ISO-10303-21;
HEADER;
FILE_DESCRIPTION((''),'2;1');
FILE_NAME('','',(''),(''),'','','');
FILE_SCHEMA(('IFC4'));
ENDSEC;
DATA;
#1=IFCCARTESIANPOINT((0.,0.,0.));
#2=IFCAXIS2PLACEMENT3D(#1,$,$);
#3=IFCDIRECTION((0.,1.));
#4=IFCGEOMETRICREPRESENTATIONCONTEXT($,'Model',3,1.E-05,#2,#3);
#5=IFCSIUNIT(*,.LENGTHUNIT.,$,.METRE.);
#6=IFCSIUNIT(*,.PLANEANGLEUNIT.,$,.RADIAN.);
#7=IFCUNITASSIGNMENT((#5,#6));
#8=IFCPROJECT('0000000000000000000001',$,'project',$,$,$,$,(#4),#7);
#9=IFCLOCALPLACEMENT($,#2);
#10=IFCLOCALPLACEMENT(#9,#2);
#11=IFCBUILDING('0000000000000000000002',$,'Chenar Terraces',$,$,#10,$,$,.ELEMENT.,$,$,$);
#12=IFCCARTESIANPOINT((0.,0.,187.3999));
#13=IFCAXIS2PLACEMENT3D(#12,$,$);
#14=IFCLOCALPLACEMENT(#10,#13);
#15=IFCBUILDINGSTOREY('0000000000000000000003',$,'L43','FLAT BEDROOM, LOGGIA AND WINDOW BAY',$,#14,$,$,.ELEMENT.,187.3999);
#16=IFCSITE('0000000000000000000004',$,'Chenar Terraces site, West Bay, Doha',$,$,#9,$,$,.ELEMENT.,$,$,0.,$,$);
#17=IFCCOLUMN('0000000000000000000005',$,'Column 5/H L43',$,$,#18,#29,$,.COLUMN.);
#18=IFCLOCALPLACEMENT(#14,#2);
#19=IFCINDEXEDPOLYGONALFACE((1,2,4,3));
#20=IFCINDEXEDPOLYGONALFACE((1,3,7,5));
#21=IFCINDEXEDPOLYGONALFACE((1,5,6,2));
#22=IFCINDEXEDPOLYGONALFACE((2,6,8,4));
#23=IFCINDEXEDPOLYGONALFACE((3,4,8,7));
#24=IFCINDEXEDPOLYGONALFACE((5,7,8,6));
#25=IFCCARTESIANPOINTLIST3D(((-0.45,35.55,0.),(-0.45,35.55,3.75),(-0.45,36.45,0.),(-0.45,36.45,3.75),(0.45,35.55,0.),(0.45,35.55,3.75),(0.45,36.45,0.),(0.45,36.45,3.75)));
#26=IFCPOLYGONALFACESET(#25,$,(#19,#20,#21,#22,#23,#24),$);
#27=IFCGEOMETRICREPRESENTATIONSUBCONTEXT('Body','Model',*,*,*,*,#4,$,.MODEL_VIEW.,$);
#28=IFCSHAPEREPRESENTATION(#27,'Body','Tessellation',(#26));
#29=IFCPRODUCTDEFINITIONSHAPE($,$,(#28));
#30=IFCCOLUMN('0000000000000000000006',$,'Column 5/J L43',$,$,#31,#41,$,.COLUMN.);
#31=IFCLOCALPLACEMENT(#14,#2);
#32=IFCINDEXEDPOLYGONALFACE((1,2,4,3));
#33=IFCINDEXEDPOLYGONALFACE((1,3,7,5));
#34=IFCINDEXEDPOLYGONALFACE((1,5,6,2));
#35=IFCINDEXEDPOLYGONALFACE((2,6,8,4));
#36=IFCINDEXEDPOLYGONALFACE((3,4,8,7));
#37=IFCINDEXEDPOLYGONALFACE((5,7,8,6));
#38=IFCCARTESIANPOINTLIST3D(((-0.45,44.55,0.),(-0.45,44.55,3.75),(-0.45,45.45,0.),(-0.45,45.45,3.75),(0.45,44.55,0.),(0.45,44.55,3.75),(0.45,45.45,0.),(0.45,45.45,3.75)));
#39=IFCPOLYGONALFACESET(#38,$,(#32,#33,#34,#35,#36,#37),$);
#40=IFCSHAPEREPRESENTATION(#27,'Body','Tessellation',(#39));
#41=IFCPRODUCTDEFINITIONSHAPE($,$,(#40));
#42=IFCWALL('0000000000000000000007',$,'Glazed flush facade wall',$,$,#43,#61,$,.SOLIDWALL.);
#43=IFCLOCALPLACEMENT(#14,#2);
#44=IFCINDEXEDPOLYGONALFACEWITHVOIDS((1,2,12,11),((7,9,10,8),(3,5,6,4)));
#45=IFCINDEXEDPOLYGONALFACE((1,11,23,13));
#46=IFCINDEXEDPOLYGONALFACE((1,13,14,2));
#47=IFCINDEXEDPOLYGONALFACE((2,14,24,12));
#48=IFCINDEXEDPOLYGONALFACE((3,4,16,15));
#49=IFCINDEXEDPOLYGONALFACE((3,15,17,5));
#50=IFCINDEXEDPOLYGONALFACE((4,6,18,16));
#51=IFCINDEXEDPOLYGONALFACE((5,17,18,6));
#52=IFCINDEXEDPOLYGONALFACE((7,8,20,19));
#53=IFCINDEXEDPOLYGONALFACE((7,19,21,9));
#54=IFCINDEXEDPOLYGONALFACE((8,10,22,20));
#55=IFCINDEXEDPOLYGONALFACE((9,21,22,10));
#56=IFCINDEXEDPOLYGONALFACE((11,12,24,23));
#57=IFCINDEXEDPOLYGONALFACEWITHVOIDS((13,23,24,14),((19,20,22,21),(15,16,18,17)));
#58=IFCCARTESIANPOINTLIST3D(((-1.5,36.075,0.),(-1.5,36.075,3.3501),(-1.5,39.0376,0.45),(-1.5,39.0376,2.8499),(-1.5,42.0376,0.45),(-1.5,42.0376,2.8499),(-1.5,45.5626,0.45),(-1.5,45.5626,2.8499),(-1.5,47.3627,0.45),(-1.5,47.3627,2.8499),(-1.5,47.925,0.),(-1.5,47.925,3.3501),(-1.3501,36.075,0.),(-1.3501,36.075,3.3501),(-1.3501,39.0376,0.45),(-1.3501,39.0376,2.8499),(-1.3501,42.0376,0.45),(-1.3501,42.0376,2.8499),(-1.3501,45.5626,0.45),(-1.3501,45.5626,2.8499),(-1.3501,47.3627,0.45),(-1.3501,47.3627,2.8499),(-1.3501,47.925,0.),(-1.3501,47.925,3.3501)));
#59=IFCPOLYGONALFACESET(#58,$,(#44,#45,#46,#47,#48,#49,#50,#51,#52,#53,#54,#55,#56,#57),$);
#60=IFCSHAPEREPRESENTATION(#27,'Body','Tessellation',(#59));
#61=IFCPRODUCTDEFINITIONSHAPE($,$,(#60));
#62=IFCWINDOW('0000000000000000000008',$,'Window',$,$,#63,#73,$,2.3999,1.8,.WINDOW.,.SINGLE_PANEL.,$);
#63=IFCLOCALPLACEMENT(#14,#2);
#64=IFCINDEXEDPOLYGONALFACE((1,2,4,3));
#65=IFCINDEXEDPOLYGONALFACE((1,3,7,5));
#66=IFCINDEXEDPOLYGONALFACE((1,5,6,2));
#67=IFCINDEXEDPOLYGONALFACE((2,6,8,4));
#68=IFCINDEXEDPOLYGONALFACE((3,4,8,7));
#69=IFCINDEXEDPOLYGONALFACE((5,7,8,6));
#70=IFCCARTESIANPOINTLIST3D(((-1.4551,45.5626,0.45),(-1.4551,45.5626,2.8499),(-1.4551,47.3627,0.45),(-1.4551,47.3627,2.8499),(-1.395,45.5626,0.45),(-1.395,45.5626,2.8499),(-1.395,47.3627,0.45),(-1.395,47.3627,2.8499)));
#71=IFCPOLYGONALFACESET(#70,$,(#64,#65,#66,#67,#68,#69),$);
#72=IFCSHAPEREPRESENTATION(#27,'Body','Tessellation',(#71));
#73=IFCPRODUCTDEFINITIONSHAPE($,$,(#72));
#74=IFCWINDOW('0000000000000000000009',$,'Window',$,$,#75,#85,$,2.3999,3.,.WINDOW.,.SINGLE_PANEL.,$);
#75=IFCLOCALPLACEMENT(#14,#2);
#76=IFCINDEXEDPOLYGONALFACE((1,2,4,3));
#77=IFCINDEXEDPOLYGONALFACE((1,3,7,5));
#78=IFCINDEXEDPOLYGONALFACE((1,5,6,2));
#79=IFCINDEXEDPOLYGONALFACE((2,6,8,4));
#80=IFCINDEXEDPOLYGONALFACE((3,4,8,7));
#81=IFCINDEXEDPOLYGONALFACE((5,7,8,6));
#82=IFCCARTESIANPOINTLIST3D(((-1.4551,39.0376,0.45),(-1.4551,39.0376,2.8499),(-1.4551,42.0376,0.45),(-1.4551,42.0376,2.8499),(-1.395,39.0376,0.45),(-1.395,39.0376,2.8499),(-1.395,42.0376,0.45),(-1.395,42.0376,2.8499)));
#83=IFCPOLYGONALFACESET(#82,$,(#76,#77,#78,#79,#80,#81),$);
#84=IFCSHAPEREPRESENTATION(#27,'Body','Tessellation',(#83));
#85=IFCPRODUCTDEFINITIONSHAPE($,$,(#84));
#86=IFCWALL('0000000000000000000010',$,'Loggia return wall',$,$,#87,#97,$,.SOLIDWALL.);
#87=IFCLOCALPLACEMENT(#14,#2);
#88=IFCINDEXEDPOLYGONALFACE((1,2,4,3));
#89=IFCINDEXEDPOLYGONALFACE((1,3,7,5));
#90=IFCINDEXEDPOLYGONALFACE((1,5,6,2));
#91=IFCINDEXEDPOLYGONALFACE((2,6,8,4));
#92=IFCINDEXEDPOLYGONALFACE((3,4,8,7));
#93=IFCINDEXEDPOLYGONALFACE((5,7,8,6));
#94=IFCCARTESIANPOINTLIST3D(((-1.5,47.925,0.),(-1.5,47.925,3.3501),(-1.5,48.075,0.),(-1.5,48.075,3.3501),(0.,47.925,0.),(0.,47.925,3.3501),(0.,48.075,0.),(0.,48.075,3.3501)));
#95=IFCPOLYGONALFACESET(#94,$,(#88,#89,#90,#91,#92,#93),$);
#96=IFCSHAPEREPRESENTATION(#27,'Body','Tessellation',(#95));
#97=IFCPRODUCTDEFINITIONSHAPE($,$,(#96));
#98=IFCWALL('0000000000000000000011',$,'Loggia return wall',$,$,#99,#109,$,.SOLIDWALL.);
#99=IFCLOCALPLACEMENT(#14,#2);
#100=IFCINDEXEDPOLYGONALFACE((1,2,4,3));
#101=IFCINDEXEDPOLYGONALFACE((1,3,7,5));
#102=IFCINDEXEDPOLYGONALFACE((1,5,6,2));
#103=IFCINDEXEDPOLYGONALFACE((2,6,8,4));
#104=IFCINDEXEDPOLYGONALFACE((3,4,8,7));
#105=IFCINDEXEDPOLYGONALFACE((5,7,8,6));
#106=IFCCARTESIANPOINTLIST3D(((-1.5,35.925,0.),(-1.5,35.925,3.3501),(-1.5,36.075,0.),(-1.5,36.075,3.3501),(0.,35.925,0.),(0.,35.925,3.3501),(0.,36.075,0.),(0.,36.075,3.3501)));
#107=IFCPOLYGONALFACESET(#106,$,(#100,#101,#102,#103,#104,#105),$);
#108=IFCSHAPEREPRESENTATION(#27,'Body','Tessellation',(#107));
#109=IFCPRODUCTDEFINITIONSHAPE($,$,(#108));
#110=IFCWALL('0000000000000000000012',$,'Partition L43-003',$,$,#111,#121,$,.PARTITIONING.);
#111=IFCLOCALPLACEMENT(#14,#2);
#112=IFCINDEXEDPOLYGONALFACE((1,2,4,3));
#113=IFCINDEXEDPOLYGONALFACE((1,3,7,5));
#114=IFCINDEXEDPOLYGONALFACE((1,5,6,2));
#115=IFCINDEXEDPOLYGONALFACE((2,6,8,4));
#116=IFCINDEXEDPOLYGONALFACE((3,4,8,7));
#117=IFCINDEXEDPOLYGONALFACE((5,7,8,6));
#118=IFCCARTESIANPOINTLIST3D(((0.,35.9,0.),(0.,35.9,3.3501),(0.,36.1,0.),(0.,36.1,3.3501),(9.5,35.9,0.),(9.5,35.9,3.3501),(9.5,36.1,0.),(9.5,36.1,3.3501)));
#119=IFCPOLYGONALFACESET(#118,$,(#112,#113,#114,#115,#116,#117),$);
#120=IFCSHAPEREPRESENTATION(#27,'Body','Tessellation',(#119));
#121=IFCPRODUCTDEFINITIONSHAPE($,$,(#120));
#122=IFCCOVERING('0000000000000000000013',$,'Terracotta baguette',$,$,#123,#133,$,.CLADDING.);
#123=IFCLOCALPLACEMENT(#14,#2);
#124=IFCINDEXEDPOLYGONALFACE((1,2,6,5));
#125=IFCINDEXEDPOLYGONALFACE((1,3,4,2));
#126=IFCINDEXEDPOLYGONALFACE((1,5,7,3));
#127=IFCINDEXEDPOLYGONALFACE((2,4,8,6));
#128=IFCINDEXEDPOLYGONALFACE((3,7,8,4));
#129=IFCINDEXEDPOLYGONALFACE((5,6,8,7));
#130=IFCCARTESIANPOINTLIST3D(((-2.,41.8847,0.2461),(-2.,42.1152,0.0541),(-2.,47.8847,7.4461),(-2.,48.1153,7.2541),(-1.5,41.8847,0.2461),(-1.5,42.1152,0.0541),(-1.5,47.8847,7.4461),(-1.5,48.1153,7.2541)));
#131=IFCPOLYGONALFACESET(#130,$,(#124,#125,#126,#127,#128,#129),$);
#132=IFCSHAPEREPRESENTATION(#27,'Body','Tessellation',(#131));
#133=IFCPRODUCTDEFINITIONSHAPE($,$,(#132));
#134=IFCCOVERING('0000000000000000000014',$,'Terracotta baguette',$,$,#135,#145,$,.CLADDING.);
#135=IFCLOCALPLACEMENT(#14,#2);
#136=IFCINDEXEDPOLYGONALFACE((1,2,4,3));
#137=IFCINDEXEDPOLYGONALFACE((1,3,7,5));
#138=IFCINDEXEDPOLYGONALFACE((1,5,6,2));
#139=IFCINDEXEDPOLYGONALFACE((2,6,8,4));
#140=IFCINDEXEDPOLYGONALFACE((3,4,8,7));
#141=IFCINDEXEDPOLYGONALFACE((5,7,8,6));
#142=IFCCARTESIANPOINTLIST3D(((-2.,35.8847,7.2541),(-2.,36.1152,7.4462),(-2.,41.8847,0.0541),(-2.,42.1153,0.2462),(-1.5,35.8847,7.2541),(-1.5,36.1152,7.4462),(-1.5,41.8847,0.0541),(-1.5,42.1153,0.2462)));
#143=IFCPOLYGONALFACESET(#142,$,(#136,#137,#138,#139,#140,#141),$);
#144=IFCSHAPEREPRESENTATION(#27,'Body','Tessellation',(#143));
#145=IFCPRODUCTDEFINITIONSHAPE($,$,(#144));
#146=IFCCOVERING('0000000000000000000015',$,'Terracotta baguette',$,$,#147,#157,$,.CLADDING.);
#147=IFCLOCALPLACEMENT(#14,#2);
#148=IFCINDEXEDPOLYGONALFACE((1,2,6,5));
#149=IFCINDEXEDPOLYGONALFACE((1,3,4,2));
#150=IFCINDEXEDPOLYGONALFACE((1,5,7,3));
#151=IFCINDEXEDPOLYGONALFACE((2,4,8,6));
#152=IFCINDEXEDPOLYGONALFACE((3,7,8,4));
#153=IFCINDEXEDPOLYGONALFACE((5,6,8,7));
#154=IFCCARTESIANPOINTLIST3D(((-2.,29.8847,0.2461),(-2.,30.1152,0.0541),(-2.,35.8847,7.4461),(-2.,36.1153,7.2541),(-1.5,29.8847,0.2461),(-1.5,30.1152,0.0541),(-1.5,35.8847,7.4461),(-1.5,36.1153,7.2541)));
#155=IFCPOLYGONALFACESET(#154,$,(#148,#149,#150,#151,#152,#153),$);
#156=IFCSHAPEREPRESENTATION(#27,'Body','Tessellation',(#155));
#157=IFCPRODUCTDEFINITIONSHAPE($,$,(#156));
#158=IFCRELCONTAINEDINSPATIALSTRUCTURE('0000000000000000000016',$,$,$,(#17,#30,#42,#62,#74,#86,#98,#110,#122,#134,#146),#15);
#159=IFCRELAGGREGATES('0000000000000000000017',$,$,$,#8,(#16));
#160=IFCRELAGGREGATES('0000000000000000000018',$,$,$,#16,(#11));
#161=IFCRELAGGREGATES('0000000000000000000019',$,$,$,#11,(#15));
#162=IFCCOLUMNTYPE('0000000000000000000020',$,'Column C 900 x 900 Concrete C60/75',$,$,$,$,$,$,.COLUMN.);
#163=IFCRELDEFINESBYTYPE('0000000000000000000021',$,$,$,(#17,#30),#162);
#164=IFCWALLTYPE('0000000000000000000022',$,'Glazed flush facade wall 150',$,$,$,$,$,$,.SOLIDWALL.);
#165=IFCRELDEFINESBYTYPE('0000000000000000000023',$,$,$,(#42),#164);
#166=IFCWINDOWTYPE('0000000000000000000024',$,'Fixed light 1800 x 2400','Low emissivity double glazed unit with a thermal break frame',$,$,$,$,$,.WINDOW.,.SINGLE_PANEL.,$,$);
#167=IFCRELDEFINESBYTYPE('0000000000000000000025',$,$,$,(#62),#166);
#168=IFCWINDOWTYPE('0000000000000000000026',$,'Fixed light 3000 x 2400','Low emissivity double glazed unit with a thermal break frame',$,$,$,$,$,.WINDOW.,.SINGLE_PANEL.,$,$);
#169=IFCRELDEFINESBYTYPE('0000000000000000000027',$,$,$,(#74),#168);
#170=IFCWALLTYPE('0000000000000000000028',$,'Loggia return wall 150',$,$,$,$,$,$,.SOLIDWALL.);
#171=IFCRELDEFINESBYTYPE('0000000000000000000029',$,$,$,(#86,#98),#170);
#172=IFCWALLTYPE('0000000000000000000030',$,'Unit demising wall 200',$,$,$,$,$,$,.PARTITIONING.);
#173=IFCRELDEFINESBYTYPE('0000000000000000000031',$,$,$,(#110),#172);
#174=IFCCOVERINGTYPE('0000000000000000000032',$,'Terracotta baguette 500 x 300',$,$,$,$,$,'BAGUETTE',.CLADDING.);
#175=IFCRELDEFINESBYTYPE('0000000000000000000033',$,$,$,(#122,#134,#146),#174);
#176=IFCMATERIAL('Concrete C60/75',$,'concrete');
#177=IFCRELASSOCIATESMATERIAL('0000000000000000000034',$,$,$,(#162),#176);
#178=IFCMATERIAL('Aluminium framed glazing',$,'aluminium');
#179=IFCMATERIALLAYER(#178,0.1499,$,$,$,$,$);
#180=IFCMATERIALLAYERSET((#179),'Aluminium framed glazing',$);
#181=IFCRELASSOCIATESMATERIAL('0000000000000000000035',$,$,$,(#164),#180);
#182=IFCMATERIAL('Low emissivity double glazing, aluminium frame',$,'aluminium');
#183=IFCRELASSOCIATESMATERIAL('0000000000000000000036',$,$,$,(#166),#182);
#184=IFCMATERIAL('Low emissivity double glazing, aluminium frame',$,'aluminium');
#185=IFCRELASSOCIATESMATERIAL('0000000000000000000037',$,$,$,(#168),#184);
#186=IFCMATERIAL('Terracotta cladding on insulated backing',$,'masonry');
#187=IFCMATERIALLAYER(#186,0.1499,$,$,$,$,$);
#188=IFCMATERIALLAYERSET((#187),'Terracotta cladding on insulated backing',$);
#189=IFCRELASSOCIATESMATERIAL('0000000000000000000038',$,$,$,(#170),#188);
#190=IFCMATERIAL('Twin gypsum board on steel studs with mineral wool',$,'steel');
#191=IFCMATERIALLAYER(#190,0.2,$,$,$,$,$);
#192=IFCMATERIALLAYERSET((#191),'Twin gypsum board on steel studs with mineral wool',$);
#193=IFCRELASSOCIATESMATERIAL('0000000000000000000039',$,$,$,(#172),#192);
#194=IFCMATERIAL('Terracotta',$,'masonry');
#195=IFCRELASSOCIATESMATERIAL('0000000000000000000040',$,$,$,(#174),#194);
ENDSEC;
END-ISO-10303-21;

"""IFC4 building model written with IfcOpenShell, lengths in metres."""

from ifc_helpers import new_model, si_unit, direction, frame, frame_2d, origin, origin_2d, place, context, subcontext, project, spatial, rectangle, extrude, material, layer, layer_set, material_profile, profile_set, type_object, element, fill, save


model = new_model("IFC4")

# Units and contexts
model_context = context("Model", 3, precision=1e-05, world=origin(), true_north=direction((0.0, 1.0)))
body_context = subcontext(model_context, "Body", "Model", "MODEL_VIEW")
ifc_project = project(units=[si_unit("LENGTHUNIT", "METRE"), si_unit("PLANEANGLEUNIT", "RADIAN")], contexts=[model_context])

# Site, building, storey
site_placement = place(None, origin())
site = spatial("IfcSite", under=ifc_project, at=site_placement, Name="Chenar Terraces site, West Bay, Doha", CompositionType="ELEMENT", RefElevation=0.0)
building_placement = place(site_placement, origin())
building = spatial("IfcBuilding", under=site, at=building_placement, Name="Chenar Terraces", CompositionType="ELEMENT")
storey_placement = place(building_placement, frame((0.0, 0.0, 187.3999)))
storey = spatial("IfcBuildingStorey", under=building, at=storey_placement, Name="L43", Description="FLAT BEDROOM, LOGGIA AND WINDOW BAY", CompositionType="ELEMENT", Elevation=187.3999)

# Columns
ifc_material_1 = material(Name="Concrete C60/75", Category="concrete")
ifc_material_profile_1 = material_profile(ifc_material_1, rectangle(XDim=0.8999, YDim=0.8999, at=origin_2d()), Name="C 900 x 900")
ifc_profile_set_1 = profile_set([ifc_material_profile_1], Name="Concrete C60/75")
column_type = type_object("IfcColumnType", Name="Column C 900 x 900 Concrete C60/75", PredefinedType="COLUMN", material=ifc_profile_set_1)
placement = place(storey_placement, frame((0.0, 36.0, 0.0), z_axis=(0.0, 0.0, 1.0), x_axis=(1.0, 0.0, 0.0)))
element("IfcColumn", 1, at=placement, inside=storey, type_object=column_type, Name="Column 5/H L43", PredefinedType="COLUMN", context=body_context, shape_type="SweptSolid", body=[
    extrude(rectangle(XDim=0.8999, YDim=0.8999, at=origin_2d()), origin(), (0.0, 0.0, 1.0), 3.75),
])
column_1_placement = place(storey_placement, frame((0.0, 45.0, 0.0), z_axis=(0.0, 0.0, 1.0), x_axis=(1.0, 0.0, 0.0)))
element("IfcColumn", 2, at=column_1_placement, inside=storey, type_object=column_type, Name="Column 5/J L43", PredefinedType="COLUMN", context=body_context, shape_type="SweptSolid", body=[
    extrude(rectangle(XDim=0.8999, YDim=0.8999, at=origin_2d()), origin(), (0.0, 0.0, 1.0), 3.75),
])

# Wall, openings, windows
ifc_material_2 = material(Name="Aluminium framed glazing", Category="aluminium")
ifc_layer_1 = layer(ifc_material_2, 0.1499)
ifc_layer_set_1 = layer_set([ifc_layer_1], Name="Aluminium framed glazing")
wall_type_1 = type_object("IfcWallType", Name="Glazed flush facade wall 150", PredefinedType="SOLIDWALL", material=ifc_layer_set_1)
wall_1_placement = place(storey_placement, frame((-1.425, 47.925, 0.0), z_axis=(0.0, 0.0, 1.0), x_axis=(0.0, -1.0, 0.0)))
wall_1 = element("IfcWall", 3, at=wall_1_placement, inside=storey, type_object=wall_type_1, Name="Glazed flush facade wall", PredefinedType="SOLIDWALL", context=body_context, shape_type="SweptSolid", body=[
    extrude(rectangle(XDim=11.8501, YDim=0.1499, at=frame_2d((5.925, 0.0))), origin(), (0.0, 0.0, 1.0), 3.3501),
])
opening_1_placement = place(wall_1_placement, frame((0.5625, 0.0, 0.45)))
opening_1 = element("IfcOpeningElement", 4, at=opening_1_placement, cuts=wall_1, PredefinedType="OPENING", context=body_context, shape_type="SweptSolid", body=[
    extrude(rectangle(XDim=1.8, YDim=2.3999, at=frame_2d((0.8999, 1.2))), frame((0.0, 0.085, 0.0), z_axis=(0.0, -1.0, 0.0), x_axis=(1.0, 0.0, 0.0)), (0.0, 0.0, 1.0), 0.1699),
])
opening_2_placement = place(wall_1_placement, frame((5.8875, 0.0, 0.45)))
opening_2 = element("IfcOpeningElement", 5, at=opening_2_placement, cuts=wall_1, PredefinedType="OPENING", context=body_context, shape_type="SweptSolid", body=[
    extrude(rectangle(XDim=3.0, YDim=2.3999, at=frame_2d((1.5, 1.2))), frame((0.0, 0.085, 0.0), z_axis=(0.0, -1.0, 0.0), x_axis=(1.0, 0.0, 0.0)), (0.0, 0.0, 1.0), 0.1699),
])
ifc_material_3 = material(Name="Low emissivity double glazing, aluminium frame", Category="aluminium")
window_type_1 = type_object("IfcWindowType", Name="Fixed light 1800 x 2400", Description="Low emissivity double glazed unit with a thermal break frame", PartitioningType="SINGLE_PANEL", PredefinedType="WINDOW", material=ifc_material_3)
window_1_placement = place(opening_1_placement, origin())
window_1 = element("IfcWindow", 6, at=window_1_placement, inside=storey, type_object=window_type_1, Name="Window", OverallHeight=2.3999, OverallWidth=1.8, PartitioningType="SINGLE_PANEL", PredefinedType="WINDOW", context=body_context, shape_type="SweptSolid", body=[
    extrude(rectangle(XDim=1.8, YDim=2.3999, at=frame_2d((0.8999, 1.2))), frame((0.0, 0.03, 0.0), z_axis=(0.0, -1.0, 0.0), x_axis=(1.0, 0.0, 0.0)), (0.0, 0.0, 1.0), 0.0601),
])
fill(opening_1, window_1)
ifc_material_4 = material(Name="Low emissivity double glazing, aluminium frame", Category="aluminium")
window_type_2 = type_object("IfcWindowType", Name="Fixed light 3000 x 2400", Description="Low emissivity double glazed unit with a thermal break frame", PartitioningType="SINGLE_PANEL", PredefinedType="WINDOW", material=ifc_material_4)
window_2_placement = place(opening_2_placement, origin())
window_2 = element("IfcWindow", 7, at=window_2_placement, inside=storey, type_object=window_type_2, Name="Window", OverallHeight=2.3999, OverallWidth=3.0, PartitioningType="SINGLE_PANEL", PredefinedType="WINDOW", context=body_context, shape_type="SweptSolid", body=[
    extrude(rectangle(XDim=3.0, YDim=2.3999, at=frame_2d((1.5, 1.2))), frame((0.0, 0.03, 0.0), z_axis=(0.0, -1.0, 0.0), x_axis=(1.0, 0.0, 0.0)), (0.0, 0.0, 1.0), 0.0601),
])
fill(opening_2, window_2)

# Walls
ifc_material_5 = material(Name="Terracotta cladding on insulated backing", Category="masonry")
ifc_layer_2 = layer(ifc_material_5, 0.1499)
ifc_layer_set_2 = layer_set([ifc_layer_2], Name="Terracotta cladding on insulated backing")
wall_type_2 = type_object("IfcWallType", Name="Loggia return wall 150", PredefinedType="SOLIDWALL", material=ifc_layer_set_2)
for number, where, z_axis, x_axis, name in (
    (8, (-1.5, 48.0, 0.0), (0.0, 0.0, 1.0), (1.0, 0.0, 0.0), "Loggia return wall"),
    (9, (-1.5, 36.0, 0.0), (0.0, 0.0, 1.0), (1.0, 0.0, 0.0), "Loggia return wall"),
):
    element("IfcWall", number, at=place(storey_placement, frame(where, z_axis=z_axis, x_axis=x_axis)), inside=storey, type_object=wall_type_2, Name=name, PredefinedType="SOLIDWALL", context=body_context, shape_type="SweptSolid", body=[
        extrude(rectangle(XDim=1.5, YDim=0.1499, at=frame_2d((0.75, 0.0))), origin(), (0.0, 0.0, 1.0), 3.3501),
    ])
ifc_material_6 = material(Name="Twin gypsum board on steel studs with mineral wool", Category="steel")
ifc_layer_3 = layer(ifc_material_6, 0.2)
ifc_layer_set_3 = layer_set([ifc_layer_3], Name="Twin gypsum board on steel studs with mineral wool")
wall_type_3 = type_object("IfcWallType", Name="Unit demising wall 200", PredefinedType="PARTITIONING", material=ifc_layer_set_3)
element("IfcWall", 10, at=placement, inside=storey, type_object=wall_type_3, Name="Partition L43-003", PredefinedType="PARTITIONING", context=body_context, shape_type="SweptSolid", body=[
    extrude(rectangle(XDim=9.5, YDim=0.2, at=frame_2d((4.75, 0.0))), origin(), (0.0, 0.0, 1.0), 3.3501),
])

# Coverings
ifc_material_7 = material(Name="Terracotta", Category="masonry")
ifc_material_profile_2 = material_profile(ifc_material_7, rectangle(XDim=0.5, YDim=0.3, at=origin_2d()), Name="Terracotta baguette 500 x 300")
ifc_profile_set_2 = profile_set([ifc_material_profile_2], Name="Terracotta")
covering_type = type_object("IfcCoveringType", Name="Terracotta baguette 500 x 300", ElementType="BAGUETTE", PredefinedType="CLADDING", material=ifc_profile_set_2)
for number, where, z_axis, x_axis, name in (
    (11, (-1.75, 48.0, 7.3501), (0.0, -0.640187, -0.768219), (1.0, 0.0, 0.0), "Terracotta baguette"),
    (12, (-1.75, 42.0, 0.1501), (0.0, -0.640187, 0.768219), (1.0, 0.0, 0.0), "Terracotta baguette"),
    (13, (-1.75, 36.0, 7.3501), (0.0, -0.640187, -0.768219), (1.0, 0.0, 0.0), "Terracotta baguette"),
):
    element("IfcCovering", number, at=place(storey_placement, frame(where, z_axis=z_axis, x_axis=x_axis)), inside=storey, type_object=covering_type, Name=name, PredefinedType="CLADDING", context=body_context, shape_type="SweptSolid", body=[
        extrude(rectangle(XDim=0.5, YDim=0.3, at=origin_2d()), origin(), (0.0, 0.0, 1.0), 9.3723),
    ])

save(model, "model.ifc")
